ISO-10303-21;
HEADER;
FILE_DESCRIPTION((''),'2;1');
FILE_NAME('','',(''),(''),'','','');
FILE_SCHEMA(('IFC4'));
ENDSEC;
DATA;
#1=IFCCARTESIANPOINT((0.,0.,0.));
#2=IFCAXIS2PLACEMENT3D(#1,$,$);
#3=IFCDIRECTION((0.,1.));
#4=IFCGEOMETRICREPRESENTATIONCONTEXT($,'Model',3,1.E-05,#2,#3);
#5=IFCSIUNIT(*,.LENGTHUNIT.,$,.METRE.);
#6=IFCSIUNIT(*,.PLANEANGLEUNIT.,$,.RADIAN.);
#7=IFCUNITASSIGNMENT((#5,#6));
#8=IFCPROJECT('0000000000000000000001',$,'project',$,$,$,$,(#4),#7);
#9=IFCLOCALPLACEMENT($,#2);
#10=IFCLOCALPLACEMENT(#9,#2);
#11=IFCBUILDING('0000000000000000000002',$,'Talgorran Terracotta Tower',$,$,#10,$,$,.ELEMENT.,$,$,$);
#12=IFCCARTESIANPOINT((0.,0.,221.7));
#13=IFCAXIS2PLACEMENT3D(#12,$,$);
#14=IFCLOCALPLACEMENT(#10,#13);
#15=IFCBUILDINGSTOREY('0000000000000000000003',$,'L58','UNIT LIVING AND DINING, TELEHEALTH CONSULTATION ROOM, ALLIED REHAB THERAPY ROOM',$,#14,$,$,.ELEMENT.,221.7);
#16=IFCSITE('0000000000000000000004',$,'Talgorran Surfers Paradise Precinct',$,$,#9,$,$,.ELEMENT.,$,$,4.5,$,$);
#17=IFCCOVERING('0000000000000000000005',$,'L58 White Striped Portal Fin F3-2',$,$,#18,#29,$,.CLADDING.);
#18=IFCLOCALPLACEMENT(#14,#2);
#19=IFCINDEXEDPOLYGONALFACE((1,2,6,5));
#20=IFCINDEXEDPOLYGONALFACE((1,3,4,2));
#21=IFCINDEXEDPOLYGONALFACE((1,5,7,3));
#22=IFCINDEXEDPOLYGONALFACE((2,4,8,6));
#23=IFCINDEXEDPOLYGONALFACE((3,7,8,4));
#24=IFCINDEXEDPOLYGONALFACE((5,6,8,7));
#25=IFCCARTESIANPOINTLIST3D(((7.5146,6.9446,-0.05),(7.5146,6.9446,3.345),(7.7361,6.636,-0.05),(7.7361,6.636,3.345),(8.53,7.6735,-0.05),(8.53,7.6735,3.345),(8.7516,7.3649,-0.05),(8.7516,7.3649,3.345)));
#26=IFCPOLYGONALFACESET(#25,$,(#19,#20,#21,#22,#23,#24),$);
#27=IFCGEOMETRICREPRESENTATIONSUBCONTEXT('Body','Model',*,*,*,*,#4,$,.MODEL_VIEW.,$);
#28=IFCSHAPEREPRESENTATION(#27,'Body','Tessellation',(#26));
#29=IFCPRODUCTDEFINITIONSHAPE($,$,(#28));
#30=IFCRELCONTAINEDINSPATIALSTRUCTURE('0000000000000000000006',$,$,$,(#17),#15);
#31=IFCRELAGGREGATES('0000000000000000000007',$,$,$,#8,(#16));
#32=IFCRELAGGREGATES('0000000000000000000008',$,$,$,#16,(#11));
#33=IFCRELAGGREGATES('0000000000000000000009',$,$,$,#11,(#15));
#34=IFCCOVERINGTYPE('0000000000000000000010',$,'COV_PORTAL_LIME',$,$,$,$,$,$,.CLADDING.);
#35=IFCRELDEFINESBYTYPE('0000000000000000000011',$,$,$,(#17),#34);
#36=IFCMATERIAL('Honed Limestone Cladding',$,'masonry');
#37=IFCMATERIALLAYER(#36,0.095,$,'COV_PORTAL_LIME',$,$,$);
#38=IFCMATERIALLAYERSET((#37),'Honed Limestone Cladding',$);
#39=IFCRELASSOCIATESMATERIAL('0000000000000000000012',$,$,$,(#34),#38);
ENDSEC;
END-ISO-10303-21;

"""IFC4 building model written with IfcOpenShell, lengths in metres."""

from ifc_helpers import new_model, si_unit, direction, frame, origin, origin_2d, place, context, subcontext, project, spatial, rectangle, extrude, material, layer, layer_set, type_object, element, save


model = new_model("IFC4")

# Units and contexts
model_context = context("Model", 3, precision=1e-05, world=origin(), true_north=direction((0.0, 1.0)))
body_context = subcontext(model_context, "Body", "Model", "MODEL_VIEW")
ifc_project = project(units=[si_unit("LENGTHUNIT", "METRE"), si_unit("PLANEANGLEUNIT", "RADIAN")], contexts=[model_context])

# Site, building, storey
site_placement = place(None, origin())
site = spatial("IfcSite", under=ifc_project, at=site_placement, Name="Talgorran Surfers Paradise Precinct", CompositionType="ELEMENT", RefElevation=4.5)
building_placement = place(site_placement, origin())
building = spatial("IfcBuilding", under=site, at=building_placement, Name="Talgorran Terracotta Tower", CompositionType="ELEMENT")
storey_placement = place(building_placement, frame((0.0, 0.0, 221.7)))
storey = spatial("IfcBuildingStorey", under=building, at=storey_placement, Name="L58", Description="UNIT LIVING AND DINING, TELEHEALTH CONSULTATION ROOM, ALLIED REHAB THERAPY ROOM", CompositionType="ELEMENT", Elevation=221.7)

# Covering
ifc_material_1 = material(Name="Honed Limestone Cladding", Category="masonry")
ifc_layer_1 = layer(ifc_material_1, 0.095, Name="COV_PORTAL_LIME")
ifc_layer_set_1 = layer_set([ifc_layer_1], Name="Honed Limestone Cladding")
covering_type_1 = type_object("IfcCoveringType", Name="COV_PORTAL_LIME", PredefinedType="CLADDING", material=ifc_layer_set_1)
covering_1_placement = place(storey_placement, frame((8.1331, 7.1548, -0.05), z_axis=(0.0, 0.0, 1.0), x_axis=(-0.583116, 0.812389, 0.0)))
element("IfcCovering", 1, at=covering_1_placement, inside=storey, type_object=covering_type_1, Name="L58 White Striped Portal Fin F3-2", PredefinedType="CLADDING", context=body_context, shape_type="SweptSolid", body=[
    extrude(rectangle(XDim=0.3799, YDim=1.25, at=origin_2d()), origin(), (0.0, 0.0, 1.0), 3.395),
])

save(model, "model.ifc")
